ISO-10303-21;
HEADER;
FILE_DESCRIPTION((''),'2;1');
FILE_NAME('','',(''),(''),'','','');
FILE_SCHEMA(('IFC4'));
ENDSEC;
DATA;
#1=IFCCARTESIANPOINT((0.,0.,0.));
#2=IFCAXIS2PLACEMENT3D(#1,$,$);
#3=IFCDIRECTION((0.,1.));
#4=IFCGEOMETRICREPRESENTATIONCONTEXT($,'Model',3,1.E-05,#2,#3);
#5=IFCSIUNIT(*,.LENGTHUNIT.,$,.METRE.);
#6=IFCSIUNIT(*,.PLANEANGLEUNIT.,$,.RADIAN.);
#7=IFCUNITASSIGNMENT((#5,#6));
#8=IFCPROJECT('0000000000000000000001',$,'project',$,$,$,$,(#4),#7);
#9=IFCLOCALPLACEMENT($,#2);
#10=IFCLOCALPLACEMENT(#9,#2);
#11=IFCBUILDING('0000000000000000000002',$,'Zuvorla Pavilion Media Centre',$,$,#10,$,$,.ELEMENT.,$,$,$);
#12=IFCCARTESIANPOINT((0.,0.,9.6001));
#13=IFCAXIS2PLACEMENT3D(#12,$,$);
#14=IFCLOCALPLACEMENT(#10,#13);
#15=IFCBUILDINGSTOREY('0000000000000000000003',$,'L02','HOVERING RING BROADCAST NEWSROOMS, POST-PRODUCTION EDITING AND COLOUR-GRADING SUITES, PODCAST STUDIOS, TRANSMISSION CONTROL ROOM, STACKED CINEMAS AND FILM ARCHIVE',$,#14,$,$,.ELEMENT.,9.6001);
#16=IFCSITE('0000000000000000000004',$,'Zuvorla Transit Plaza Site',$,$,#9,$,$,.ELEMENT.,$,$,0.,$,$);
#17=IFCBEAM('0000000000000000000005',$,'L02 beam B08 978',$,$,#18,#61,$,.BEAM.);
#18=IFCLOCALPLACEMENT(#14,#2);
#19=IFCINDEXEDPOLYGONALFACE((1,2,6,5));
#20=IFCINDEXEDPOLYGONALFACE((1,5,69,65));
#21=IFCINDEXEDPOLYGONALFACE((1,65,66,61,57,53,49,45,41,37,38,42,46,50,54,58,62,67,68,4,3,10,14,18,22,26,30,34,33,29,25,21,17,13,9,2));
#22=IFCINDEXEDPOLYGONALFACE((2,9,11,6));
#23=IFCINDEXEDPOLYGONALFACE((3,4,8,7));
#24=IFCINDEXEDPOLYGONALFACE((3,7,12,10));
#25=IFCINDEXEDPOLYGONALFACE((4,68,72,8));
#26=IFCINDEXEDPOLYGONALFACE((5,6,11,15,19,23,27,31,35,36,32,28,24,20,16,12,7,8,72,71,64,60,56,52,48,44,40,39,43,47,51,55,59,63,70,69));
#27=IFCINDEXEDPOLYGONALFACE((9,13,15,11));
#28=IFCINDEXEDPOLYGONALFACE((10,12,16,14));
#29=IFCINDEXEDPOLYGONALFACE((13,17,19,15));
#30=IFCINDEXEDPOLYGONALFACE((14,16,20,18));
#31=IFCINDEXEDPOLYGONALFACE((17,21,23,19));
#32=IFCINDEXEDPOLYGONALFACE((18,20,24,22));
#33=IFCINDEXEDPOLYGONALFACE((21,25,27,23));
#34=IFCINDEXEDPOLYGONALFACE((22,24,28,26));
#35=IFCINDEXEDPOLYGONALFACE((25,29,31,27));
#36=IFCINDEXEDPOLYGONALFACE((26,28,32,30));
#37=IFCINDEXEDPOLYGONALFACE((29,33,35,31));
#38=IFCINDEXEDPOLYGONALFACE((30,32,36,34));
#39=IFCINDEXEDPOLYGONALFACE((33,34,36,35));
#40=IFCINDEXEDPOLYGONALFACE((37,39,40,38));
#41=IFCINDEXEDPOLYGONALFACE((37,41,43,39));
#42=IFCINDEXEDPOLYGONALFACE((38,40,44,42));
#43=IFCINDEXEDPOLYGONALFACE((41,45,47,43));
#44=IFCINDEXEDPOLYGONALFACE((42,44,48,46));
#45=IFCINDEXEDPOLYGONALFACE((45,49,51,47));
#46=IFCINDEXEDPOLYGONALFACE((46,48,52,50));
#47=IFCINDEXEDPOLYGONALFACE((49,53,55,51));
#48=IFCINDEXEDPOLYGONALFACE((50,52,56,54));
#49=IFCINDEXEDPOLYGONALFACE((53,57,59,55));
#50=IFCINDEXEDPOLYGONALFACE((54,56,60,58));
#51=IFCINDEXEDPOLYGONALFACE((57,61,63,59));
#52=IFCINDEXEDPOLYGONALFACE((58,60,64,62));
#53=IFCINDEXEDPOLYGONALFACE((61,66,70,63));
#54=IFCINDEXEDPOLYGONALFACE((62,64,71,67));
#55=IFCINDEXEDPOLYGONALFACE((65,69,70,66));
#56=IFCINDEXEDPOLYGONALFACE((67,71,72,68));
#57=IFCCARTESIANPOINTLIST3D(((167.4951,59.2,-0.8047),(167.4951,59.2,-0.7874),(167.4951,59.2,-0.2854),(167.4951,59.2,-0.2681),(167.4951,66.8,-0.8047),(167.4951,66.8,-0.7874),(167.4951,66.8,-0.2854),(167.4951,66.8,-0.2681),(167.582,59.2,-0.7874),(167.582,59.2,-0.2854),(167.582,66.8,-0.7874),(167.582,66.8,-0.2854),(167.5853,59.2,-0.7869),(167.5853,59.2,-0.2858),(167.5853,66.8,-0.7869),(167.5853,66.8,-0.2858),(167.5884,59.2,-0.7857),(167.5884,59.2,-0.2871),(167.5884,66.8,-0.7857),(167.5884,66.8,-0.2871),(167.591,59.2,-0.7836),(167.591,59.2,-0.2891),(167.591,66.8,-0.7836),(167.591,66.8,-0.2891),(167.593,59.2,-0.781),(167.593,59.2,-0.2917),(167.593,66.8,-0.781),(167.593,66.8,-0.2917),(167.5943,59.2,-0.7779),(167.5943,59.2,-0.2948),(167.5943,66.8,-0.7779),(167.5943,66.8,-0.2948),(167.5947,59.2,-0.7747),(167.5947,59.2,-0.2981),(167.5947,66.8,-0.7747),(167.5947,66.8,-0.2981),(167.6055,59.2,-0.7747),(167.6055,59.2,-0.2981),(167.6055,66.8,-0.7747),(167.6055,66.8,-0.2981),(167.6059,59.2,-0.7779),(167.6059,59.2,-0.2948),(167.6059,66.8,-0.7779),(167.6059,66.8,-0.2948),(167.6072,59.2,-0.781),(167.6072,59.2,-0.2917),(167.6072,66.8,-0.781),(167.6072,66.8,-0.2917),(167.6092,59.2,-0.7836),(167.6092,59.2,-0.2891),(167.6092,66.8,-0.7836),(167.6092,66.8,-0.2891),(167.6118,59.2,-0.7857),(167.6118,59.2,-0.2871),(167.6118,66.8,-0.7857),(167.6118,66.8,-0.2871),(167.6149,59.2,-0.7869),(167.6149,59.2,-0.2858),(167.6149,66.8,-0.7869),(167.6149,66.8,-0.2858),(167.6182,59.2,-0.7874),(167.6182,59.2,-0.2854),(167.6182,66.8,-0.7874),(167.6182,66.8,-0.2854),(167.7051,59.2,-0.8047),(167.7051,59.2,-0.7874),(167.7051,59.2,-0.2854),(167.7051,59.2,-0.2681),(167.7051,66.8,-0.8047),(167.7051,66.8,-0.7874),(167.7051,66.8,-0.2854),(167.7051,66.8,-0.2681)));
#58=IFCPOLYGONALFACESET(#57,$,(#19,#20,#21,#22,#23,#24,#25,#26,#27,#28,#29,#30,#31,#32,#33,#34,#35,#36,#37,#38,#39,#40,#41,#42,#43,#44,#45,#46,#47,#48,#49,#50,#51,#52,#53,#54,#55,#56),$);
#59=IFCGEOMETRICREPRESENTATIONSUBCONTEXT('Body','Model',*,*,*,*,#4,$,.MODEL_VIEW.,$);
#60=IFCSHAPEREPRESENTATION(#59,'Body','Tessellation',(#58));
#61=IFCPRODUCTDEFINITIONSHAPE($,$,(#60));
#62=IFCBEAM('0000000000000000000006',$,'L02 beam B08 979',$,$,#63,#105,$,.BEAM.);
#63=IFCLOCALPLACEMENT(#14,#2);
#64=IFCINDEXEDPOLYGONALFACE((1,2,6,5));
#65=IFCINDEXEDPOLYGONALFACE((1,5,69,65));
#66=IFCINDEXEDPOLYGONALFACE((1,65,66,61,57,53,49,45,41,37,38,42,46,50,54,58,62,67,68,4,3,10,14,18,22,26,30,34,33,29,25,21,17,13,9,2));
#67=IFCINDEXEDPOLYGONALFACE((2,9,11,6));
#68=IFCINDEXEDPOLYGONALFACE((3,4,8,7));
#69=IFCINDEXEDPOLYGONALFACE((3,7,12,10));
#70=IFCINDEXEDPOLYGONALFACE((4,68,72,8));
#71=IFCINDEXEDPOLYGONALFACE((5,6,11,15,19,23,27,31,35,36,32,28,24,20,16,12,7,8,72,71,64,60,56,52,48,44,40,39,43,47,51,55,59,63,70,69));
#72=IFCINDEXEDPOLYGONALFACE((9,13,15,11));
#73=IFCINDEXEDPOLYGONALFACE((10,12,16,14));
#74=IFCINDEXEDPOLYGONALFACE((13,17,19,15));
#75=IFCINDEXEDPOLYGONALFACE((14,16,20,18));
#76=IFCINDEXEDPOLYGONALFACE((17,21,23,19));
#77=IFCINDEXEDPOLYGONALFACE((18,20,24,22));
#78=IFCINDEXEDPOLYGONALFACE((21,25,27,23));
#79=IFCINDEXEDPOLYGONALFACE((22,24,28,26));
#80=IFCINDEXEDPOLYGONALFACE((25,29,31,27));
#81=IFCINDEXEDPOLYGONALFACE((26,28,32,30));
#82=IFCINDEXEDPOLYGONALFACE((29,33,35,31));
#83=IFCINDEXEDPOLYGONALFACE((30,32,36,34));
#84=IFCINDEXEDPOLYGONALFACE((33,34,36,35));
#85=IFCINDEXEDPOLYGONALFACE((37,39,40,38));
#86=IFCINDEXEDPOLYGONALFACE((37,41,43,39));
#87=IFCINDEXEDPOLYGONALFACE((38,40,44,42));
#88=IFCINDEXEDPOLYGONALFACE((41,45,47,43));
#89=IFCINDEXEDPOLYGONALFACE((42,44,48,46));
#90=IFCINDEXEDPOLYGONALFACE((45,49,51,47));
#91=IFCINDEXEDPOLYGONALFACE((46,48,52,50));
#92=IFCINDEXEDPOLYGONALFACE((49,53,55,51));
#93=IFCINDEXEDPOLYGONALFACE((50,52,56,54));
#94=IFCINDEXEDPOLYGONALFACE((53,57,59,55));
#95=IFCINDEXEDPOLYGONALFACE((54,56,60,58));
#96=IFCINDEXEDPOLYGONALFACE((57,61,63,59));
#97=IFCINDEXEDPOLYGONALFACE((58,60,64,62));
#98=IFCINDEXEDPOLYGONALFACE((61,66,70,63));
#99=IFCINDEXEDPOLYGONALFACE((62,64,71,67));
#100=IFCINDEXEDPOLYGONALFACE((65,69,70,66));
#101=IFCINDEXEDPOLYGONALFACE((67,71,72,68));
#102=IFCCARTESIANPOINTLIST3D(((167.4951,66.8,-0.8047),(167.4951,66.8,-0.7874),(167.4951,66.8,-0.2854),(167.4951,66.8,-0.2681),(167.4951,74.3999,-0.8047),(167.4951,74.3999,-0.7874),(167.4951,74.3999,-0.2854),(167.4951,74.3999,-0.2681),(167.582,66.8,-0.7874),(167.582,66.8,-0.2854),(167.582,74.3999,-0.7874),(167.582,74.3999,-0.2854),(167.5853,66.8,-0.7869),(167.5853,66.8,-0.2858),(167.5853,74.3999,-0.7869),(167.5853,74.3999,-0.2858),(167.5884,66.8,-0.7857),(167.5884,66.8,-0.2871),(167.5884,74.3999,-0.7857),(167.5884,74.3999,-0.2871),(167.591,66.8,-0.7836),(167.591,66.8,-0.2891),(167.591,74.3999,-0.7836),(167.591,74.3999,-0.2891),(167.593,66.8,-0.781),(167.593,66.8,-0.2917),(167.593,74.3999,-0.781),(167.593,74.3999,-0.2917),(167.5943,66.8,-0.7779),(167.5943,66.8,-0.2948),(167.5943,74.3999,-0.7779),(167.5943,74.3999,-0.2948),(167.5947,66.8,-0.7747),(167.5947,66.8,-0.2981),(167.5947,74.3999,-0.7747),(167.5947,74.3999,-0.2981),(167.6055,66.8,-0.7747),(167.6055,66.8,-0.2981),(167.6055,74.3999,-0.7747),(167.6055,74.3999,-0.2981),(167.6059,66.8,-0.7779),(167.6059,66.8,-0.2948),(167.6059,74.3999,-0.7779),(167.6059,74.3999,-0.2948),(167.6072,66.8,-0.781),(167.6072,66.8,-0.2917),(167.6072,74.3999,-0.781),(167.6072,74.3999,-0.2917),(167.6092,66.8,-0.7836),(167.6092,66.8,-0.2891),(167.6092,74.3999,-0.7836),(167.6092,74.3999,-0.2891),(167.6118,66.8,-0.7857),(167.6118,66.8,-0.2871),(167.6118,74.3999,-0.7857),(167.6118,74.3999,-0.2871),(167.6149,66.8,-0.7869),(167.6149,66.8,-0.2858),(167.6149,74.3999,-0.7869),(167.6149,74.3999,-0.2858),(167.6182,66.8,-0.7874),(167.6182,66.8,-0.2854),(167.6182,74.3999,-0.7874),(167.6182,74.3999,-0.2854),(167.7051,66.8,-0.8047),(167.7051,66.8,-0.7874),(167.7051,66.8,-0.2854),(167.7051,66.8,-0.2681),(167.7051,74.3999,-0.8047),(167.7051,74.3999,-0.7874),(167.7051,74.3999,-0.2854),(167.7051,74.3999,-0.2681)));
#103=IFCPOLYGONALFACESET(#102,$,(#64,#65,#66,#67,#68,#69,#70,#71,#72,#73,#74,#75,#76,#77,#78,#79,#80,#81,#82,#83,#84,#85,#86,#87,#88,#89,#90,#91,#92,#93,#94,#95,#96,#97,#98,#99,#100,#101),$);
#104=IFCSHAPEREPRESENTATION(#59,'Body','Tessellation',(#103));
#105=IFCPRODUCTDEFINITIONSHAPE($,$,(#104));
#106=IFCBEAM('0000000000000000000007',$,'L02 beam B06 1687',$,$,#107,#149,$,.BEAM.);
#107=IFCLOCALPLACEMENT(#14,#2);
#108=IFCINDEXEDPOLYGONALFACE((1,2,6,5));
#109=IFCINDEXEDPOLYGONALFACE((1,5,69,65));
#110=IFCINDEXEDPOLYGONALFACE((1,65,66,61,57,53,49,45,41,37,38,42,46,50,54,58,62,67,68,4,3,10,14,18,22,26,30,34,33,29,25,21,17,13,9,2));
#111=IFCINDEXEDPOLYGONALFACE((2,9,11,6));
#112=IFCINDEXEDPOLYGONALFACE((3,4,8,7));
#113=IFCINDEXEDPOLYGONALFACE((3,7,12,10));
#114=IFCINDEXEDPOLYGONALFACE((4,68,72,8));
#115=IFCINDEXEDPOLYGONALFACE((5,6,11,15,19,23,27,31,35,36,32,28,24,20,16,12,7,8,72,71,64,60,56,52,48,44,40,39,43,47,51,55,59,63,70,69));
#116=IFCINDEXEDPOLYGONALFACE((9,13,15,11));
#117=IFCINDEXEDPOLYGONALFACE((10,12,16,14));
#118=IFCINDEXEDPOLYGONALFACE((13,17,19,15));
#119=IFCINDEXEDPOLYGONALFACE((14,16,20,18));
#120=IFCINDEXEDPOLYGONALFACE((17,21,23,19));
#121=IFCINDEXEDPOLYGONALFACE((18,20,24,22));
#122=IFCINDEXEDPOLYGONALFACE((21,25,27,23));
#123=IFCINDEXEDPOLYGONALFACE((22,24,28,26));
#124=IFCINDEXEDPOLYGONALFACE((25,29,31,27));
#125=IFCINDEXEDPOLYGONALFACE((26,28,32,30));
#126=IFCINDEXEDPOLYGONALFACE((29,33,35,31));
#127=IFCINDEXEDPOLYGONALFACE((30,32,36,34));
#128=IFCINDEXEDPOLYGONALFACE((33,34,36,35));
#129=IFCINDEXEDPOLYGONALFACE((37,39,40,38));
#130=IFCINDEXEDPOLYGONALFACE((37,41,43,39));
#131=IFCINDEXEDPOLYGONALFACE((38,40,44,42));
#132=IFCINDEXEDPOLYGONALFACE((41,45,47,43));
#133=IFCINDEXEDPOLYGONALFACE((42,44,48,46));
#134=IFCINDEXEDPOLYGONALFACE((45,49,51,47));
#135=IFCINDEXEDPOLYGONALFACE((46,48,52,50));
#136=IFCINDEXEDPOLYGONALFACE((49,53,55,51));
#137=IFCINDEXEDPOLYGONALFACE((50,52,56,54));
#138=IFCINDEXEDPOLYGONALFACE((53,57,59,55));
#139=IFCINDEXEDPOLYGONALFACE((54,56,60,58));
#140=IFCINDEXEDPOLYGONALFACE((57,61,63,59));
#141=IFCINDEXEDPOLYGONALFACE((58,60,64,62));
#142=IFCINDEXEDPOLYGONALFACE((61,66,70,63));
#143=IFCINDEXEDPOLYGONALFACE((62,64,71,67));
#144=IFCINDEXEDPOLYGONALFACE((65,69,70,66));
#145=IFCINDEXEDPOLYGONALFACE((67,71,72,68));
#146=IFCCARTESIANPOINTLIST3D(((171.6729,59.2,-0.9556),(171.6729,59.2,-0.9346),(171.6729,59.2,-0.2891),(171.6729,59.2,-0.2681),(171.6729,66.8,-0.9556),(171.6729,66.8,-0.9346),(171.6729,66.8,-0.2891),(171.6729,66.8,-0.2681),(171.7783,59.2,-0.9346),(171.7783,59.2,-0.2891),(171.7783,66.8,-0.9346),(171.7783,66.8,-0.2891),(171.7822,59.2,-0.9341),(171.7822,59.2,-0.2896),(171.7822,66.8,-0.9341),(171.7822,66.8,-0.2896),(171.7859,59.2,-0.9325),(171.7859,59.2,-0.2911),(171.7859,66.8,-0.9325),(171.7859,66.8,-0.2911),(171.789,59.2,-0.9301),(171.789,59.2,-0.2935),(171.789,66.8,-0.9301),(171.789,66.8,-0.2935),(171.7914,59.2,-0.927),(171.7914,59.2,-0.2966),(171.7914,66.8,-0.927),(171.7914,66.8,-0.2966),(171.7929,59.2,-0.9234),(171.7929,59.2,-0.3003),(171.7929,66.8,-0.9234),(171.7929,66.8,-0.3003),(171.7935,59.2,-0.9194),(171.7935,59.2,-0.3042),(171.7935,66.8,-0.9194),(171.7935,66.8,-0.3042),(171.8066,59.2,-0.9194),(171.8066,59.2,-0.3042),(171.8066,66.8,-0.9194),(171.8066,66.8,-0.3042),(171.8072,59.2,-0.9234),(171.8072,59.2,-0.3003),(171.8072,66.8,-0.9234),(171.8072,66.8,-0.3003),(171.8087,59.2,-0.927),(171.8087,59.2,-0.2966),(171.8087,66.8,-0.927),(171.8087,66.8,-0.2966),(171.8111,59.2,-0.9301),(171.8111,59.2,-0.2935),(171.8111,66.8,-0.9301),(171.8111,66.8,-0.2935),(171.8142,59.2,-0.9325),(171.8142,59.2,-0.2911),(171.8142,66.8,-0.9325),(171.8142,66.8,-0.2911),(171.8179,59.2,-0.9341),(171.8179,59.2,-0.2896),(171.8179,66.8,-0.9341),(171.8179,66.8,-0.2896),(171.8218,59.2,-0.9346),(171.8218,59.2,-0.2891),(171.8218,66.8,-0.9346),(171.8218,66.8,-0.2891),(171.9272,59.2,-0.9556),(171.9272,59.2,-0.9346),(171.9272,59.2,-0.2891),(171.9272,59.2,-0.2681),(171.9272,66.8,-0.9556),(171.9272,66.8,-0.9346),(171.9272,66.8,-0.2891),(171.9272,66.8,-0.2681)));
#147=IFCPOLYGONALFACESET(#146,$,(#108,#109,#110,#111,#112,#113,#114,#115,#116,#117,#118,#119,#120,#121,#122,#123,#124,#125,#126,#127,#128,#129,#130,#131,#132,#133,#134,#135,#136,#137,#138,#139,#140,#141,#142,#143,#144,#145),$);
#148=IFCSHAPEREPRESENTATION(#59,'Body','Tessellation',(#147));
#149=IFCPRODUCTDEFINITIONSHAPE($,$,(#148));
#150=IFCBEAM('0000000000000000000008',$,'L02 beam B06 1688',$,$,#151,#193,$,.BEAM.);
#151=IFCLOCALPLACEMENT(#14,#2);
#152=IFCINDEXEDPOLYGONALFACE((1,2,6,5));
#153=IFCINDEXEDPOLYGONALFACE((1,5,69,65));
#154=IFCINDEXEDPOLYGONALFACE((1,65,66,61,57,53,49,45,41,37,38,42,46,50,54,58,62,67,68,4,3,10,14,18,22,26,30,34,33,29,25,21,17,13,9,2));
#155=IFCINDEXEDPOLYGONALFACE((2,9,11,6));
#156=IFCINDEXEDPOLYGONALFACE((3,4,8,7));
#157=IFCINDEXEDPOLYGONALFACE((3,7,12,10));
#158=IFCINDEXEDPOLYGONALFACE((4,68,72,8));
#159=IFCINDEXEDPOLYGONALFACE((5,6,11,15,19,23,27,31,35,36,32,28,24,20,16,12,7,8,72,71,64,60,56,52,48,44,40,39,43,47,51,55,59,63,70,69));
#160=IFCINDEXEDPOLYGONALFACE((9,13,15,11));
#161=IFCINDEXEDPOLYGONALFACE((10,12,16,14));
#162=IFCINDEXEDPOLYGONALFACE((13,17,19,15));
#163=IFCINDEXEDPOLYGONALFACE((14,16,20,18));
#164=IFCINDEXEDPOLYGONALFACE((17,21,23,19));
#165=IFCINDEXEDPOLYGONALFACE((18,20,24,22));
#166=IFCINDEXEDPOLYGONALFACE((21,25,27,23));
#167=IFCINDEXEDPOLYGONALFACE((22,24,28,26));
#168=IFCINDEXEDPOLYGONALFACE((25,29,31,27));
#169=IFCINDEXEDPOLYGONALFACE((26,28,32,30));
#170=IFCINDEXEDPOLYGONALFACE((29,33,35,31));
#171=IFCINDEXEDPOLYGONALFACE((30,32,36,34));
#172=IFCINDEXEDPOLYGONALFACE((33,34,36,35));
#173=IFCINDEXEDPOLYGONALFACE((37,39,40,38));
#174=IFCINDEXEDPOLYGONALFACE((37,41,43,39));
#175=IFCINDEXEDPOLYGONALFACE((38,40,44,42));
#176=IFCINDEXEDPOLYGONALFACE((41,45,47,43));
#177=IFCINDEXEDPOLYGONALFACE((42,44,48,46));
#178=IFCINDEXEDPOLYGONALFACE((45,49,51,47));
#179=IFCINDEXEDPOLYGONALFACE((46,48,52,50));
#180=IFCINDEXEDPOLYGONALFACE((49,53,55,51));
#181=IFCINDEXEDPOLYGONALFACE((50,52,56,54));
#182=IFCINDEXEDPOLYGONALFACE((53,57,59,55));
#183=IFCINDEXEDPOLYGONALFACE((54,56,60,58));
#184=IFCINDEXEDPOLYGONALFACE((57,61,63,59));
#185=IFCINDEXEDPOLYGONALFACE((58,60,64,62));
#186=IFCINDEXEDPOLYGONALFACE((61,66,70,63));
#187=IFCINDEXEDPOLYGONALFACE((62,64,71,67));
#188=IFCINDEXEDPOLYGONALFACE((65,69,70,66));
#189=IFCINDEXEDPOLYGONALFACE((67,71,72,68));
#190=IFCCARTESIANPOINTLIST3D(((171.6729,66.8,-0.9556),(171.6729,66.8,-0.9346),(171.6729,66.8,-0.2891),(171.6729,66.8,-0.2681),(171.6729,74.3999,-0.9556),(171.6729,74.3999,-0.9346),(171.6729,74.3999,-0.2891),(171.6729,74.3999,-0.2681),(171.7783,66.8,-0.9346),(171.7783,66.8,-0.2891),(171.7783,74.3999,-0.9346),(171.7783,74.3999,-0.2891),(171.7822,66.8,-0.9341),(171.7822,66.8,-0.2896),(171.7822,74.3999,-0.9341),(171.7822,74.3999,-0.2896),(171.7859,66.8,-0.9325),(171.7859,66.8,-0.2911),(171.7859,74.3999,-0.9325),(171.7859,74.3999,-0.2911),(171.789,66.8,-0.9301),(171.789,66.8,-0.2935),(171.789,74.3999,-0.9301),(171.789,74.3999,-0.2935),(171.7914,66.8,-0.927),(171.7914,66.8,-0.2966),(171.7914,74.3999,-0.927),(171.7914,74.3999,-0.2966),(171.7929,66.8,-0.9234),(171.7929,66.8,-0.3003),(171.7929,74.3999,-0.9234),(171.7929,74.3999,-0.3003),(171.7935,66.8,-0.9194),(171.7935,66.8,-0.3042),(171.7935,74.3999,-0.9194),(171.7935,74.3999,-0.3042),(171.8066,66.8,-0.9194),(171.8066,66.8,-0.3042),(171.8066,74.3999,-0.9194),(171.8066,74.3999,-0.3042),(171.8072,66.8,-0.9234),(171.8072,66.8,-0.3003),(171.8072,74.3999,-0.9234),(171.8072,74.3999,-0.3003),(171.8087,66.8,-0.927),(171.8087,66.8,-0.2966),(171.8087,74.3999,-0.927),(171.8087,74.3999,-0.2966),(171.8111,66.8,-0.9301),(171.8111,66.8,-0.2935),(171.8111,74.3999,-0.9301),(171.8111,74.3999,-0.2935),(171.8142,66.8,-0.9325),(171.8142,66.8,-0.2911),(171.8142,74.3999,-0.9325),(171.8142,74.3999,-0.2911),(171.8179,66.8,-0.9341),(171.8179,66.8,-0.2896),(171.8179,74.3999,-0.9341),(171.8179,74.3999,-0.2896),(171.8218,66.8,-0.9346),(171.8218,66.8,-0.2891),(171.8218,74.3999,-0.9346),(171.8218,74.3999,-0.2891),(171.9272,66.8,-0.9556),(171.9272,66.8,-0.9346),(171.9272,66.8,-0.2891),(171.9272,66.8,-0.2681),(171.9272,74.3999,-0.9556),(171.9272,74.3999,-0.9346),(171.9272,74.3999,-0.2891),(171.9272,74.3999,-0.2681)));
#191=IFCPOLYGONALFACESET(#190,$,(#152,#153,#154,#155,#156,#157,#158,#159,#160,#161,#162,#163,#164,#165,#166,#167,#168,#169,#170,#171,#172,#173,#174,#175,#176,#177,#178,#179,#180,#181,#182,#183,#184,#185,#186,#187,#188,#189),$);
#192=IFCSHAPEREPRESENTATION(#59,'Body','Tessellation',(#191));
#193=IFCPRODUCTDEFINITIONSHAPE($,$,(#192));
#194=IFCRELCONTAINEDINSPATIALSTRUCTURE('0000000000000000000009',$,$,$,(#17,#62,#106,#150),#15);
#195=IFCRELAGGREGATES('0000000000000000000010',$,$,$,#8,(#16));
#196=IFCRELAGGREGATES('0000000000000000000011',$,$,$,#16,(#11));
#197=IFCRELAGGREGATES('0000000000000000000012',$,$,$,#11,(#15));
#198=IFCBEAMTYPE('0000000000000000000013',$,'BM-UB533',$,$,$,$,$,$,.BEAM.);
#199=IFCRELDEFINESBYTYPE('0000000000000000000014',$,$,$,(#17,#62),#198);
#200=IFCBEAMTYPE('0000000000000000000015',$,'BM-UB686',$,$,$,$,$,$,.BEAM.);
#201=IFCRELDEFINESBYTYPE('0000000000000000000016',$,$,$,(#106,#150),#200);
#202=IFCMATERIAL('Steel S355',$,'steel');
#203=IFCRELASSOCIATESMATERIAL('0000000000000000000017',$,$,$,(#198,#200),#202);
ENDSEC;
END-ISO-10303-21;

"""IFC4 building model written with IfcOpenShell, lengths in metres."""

from ifc_helpers import new_model, si_unit, direction, frame, origin, origin_2d, place, context, subcontext, project, spatial, i_section, extrude, material, material_profile, profile_set, type_object, element, save


model = new_model("IFC4")

# Units and contexts
model_context = context("Model", 3, precision=1e-05, world=origin(), true_north=direction((0.0, 1.0)))
body_context = subcontext(model_context, "Body", "Model", "MODEL_VIEW")
ifc_project = project(units=[si_unit("LENGTHUNIT", "METRE"), si_unit("PLANEANGLEUNIT", "RADIAN")], contexts=[model_context])

# Site, building, storey
site_placement = place(None, origin())
site = spatial("IfcSite", under=ifc_project, at=site_placement, Name="Zuvorla Transit Plaza Site", CompositionType="ELEMENT", RefElevation=0.0)
building_placement = place(site_placement, origin())
building = spatial("IfcBuilding", under=site, at=building_placement, Name="Zuvorla Pavilion Media Centre", CompositionType="ELEMENT")
storey_placement = place(building_placement, frame((0.0, 0.0, 9.6001)))
storey = spatial("IfcBuildingStorey", under=building, at=storey_placement, Name="L02", Description="HOVERING RING BROADCAST NEWSROOMS, POST-PRODUCTION EDITING AND COLOUR-GRADING SUITES, PODCAST STUDIOS, TRANSMISSION CONTROL ROOM, STACKED CINEMAS AND FILM ARCHIVE", CompositionType="ELEMENT", Elevation=9.6001)

# Shared definitions
ifc_material_1 = material(Name="Steel S355", Category="steel")

# Beams
ifc_material_profile_1 = material_profile(ifc_material_1, i_section(OverallWidth=0.21, OverallDepth=0.5366, WebThickness=0.0107, FlangeThickness=0.0173, FilletRadius=0.0127, at=origin_2d()), Name="UB 533x210x101")
ifc_profile_set_1 = profile_set([ifc_material_profile_1], Name="Steel S355")
beam_type_1 = type_object("IfcBeamType", Name="BM-UB533", PredefinedType="BEAM", material=ifc_profile_set_1)
beam_1_placement = place(storey_placement, frame((167.6001, 59.2, -0.5364), z_axis=(0.0, 1.0, 0.0), x_axis=(-1.0, 0.0, 0.0)))
element("IfcBeam", 1, at=beam_1_placement, inside=storey, type_object=beam_type_1, Name="L02 beam B08 978", PredefinedType="BEAM", context=body_context, shape_type="SweptSolid", body=[
    extrude(i_section(OverallWidth=0.21, OverallDepth=0.5366, WebThickness=0.0107, FlangeThickness=0.0173, FilletRadius=0.0127, at=origin_2d()), origin(), (0.0, 0.0, 1.0), 7.6001),
])
beam_2_placement = place(storey_placement, frame((167.6001, 66.8, -0.5364), z_axis=(0.0, 1.0, 0.0), x_axis=(-1.0, 0.0, 0.0)))
element("IfcBeam", 2, at=beam_2_placement, inside=storey, type_object=beam_type_1, Name="L02 beam B08 979", PredefinedType="BEAM", context=body_context, shape_type="SweptSolid", body=[
    extrude(i_section(OverallWidth=0.21, OverallDepth=0.5366, WebThickness=0.0107, FlangeThickness=0.0173, FilletRadius=0.0127, at=origin_2d()), origin(), (0.0, 0.0, 1.0), 7.5999),
])
ifc_material_profile_2 = material_profile(ifc_material_1, i_section(OverallWidth=0.2544, OverallDepth=0.6875, WebThickness=0.0132, FlangeThickness=0.021, FilletRadius=0.0151, at=origin_2d()), Name="UB 686x254x152")
ifc_profile_set_2 = profile_set([ifc_material_profile_2], Name="Steel S355")
beam_type_2 = type_object("IfcBeamType", Name="BM-UB686", PredefinedType="BEAM", material=ifc_profile_set_2)
beam_3_placement = place(storey_placement, frame((171.8, 59.2, -0.6118), z_axis=(0.0, 1.0, 0.0), x_axis=(-1.0, 0.0, 0.0)))
element("IfcBeam", 3, at=beam_3_placement, inside=storey, type_object=beam_type_2, Name="L02 beam B06 1687", PredefinedType="BEAM", context=body_context, shape_type="SweptSolid", body=[
    extrude(i_section(OverallWidth=0.2544, OverallDepth=0.6875, WebThickness=0.0132, FlangeThickness=0.021, FilletRadius=0.0151, at=origin_2d()), origin(), (0.0, 0.0, 1.0), 7.6001),
])
beam_4_placement = place(storey_placement, frame((171.8, 66.8, -0.6118), z_axis=(0.0, 1.0, 0.0), x_axis=(-1.0, 0.0, 0.0)))
element("IfcBeam", 4, at=beam_4_placement, inside=storey, type_object=beam_type_2, Name="L02 beam B06 1688", PredefinedType="BEAM", context=body_context, shape_type="SweptSolid", body=[
    extrude(i_section(OverallWidth=0.2544, OverallDepth=0.6875, WebThickness=0.0132, FlangeThickness=0.021, FilletRadius=0.0151, at=origin_2d()), origin(), (0.0, 0.0, 1.0), 7.5999),
])

save(model, "model.ifc")
